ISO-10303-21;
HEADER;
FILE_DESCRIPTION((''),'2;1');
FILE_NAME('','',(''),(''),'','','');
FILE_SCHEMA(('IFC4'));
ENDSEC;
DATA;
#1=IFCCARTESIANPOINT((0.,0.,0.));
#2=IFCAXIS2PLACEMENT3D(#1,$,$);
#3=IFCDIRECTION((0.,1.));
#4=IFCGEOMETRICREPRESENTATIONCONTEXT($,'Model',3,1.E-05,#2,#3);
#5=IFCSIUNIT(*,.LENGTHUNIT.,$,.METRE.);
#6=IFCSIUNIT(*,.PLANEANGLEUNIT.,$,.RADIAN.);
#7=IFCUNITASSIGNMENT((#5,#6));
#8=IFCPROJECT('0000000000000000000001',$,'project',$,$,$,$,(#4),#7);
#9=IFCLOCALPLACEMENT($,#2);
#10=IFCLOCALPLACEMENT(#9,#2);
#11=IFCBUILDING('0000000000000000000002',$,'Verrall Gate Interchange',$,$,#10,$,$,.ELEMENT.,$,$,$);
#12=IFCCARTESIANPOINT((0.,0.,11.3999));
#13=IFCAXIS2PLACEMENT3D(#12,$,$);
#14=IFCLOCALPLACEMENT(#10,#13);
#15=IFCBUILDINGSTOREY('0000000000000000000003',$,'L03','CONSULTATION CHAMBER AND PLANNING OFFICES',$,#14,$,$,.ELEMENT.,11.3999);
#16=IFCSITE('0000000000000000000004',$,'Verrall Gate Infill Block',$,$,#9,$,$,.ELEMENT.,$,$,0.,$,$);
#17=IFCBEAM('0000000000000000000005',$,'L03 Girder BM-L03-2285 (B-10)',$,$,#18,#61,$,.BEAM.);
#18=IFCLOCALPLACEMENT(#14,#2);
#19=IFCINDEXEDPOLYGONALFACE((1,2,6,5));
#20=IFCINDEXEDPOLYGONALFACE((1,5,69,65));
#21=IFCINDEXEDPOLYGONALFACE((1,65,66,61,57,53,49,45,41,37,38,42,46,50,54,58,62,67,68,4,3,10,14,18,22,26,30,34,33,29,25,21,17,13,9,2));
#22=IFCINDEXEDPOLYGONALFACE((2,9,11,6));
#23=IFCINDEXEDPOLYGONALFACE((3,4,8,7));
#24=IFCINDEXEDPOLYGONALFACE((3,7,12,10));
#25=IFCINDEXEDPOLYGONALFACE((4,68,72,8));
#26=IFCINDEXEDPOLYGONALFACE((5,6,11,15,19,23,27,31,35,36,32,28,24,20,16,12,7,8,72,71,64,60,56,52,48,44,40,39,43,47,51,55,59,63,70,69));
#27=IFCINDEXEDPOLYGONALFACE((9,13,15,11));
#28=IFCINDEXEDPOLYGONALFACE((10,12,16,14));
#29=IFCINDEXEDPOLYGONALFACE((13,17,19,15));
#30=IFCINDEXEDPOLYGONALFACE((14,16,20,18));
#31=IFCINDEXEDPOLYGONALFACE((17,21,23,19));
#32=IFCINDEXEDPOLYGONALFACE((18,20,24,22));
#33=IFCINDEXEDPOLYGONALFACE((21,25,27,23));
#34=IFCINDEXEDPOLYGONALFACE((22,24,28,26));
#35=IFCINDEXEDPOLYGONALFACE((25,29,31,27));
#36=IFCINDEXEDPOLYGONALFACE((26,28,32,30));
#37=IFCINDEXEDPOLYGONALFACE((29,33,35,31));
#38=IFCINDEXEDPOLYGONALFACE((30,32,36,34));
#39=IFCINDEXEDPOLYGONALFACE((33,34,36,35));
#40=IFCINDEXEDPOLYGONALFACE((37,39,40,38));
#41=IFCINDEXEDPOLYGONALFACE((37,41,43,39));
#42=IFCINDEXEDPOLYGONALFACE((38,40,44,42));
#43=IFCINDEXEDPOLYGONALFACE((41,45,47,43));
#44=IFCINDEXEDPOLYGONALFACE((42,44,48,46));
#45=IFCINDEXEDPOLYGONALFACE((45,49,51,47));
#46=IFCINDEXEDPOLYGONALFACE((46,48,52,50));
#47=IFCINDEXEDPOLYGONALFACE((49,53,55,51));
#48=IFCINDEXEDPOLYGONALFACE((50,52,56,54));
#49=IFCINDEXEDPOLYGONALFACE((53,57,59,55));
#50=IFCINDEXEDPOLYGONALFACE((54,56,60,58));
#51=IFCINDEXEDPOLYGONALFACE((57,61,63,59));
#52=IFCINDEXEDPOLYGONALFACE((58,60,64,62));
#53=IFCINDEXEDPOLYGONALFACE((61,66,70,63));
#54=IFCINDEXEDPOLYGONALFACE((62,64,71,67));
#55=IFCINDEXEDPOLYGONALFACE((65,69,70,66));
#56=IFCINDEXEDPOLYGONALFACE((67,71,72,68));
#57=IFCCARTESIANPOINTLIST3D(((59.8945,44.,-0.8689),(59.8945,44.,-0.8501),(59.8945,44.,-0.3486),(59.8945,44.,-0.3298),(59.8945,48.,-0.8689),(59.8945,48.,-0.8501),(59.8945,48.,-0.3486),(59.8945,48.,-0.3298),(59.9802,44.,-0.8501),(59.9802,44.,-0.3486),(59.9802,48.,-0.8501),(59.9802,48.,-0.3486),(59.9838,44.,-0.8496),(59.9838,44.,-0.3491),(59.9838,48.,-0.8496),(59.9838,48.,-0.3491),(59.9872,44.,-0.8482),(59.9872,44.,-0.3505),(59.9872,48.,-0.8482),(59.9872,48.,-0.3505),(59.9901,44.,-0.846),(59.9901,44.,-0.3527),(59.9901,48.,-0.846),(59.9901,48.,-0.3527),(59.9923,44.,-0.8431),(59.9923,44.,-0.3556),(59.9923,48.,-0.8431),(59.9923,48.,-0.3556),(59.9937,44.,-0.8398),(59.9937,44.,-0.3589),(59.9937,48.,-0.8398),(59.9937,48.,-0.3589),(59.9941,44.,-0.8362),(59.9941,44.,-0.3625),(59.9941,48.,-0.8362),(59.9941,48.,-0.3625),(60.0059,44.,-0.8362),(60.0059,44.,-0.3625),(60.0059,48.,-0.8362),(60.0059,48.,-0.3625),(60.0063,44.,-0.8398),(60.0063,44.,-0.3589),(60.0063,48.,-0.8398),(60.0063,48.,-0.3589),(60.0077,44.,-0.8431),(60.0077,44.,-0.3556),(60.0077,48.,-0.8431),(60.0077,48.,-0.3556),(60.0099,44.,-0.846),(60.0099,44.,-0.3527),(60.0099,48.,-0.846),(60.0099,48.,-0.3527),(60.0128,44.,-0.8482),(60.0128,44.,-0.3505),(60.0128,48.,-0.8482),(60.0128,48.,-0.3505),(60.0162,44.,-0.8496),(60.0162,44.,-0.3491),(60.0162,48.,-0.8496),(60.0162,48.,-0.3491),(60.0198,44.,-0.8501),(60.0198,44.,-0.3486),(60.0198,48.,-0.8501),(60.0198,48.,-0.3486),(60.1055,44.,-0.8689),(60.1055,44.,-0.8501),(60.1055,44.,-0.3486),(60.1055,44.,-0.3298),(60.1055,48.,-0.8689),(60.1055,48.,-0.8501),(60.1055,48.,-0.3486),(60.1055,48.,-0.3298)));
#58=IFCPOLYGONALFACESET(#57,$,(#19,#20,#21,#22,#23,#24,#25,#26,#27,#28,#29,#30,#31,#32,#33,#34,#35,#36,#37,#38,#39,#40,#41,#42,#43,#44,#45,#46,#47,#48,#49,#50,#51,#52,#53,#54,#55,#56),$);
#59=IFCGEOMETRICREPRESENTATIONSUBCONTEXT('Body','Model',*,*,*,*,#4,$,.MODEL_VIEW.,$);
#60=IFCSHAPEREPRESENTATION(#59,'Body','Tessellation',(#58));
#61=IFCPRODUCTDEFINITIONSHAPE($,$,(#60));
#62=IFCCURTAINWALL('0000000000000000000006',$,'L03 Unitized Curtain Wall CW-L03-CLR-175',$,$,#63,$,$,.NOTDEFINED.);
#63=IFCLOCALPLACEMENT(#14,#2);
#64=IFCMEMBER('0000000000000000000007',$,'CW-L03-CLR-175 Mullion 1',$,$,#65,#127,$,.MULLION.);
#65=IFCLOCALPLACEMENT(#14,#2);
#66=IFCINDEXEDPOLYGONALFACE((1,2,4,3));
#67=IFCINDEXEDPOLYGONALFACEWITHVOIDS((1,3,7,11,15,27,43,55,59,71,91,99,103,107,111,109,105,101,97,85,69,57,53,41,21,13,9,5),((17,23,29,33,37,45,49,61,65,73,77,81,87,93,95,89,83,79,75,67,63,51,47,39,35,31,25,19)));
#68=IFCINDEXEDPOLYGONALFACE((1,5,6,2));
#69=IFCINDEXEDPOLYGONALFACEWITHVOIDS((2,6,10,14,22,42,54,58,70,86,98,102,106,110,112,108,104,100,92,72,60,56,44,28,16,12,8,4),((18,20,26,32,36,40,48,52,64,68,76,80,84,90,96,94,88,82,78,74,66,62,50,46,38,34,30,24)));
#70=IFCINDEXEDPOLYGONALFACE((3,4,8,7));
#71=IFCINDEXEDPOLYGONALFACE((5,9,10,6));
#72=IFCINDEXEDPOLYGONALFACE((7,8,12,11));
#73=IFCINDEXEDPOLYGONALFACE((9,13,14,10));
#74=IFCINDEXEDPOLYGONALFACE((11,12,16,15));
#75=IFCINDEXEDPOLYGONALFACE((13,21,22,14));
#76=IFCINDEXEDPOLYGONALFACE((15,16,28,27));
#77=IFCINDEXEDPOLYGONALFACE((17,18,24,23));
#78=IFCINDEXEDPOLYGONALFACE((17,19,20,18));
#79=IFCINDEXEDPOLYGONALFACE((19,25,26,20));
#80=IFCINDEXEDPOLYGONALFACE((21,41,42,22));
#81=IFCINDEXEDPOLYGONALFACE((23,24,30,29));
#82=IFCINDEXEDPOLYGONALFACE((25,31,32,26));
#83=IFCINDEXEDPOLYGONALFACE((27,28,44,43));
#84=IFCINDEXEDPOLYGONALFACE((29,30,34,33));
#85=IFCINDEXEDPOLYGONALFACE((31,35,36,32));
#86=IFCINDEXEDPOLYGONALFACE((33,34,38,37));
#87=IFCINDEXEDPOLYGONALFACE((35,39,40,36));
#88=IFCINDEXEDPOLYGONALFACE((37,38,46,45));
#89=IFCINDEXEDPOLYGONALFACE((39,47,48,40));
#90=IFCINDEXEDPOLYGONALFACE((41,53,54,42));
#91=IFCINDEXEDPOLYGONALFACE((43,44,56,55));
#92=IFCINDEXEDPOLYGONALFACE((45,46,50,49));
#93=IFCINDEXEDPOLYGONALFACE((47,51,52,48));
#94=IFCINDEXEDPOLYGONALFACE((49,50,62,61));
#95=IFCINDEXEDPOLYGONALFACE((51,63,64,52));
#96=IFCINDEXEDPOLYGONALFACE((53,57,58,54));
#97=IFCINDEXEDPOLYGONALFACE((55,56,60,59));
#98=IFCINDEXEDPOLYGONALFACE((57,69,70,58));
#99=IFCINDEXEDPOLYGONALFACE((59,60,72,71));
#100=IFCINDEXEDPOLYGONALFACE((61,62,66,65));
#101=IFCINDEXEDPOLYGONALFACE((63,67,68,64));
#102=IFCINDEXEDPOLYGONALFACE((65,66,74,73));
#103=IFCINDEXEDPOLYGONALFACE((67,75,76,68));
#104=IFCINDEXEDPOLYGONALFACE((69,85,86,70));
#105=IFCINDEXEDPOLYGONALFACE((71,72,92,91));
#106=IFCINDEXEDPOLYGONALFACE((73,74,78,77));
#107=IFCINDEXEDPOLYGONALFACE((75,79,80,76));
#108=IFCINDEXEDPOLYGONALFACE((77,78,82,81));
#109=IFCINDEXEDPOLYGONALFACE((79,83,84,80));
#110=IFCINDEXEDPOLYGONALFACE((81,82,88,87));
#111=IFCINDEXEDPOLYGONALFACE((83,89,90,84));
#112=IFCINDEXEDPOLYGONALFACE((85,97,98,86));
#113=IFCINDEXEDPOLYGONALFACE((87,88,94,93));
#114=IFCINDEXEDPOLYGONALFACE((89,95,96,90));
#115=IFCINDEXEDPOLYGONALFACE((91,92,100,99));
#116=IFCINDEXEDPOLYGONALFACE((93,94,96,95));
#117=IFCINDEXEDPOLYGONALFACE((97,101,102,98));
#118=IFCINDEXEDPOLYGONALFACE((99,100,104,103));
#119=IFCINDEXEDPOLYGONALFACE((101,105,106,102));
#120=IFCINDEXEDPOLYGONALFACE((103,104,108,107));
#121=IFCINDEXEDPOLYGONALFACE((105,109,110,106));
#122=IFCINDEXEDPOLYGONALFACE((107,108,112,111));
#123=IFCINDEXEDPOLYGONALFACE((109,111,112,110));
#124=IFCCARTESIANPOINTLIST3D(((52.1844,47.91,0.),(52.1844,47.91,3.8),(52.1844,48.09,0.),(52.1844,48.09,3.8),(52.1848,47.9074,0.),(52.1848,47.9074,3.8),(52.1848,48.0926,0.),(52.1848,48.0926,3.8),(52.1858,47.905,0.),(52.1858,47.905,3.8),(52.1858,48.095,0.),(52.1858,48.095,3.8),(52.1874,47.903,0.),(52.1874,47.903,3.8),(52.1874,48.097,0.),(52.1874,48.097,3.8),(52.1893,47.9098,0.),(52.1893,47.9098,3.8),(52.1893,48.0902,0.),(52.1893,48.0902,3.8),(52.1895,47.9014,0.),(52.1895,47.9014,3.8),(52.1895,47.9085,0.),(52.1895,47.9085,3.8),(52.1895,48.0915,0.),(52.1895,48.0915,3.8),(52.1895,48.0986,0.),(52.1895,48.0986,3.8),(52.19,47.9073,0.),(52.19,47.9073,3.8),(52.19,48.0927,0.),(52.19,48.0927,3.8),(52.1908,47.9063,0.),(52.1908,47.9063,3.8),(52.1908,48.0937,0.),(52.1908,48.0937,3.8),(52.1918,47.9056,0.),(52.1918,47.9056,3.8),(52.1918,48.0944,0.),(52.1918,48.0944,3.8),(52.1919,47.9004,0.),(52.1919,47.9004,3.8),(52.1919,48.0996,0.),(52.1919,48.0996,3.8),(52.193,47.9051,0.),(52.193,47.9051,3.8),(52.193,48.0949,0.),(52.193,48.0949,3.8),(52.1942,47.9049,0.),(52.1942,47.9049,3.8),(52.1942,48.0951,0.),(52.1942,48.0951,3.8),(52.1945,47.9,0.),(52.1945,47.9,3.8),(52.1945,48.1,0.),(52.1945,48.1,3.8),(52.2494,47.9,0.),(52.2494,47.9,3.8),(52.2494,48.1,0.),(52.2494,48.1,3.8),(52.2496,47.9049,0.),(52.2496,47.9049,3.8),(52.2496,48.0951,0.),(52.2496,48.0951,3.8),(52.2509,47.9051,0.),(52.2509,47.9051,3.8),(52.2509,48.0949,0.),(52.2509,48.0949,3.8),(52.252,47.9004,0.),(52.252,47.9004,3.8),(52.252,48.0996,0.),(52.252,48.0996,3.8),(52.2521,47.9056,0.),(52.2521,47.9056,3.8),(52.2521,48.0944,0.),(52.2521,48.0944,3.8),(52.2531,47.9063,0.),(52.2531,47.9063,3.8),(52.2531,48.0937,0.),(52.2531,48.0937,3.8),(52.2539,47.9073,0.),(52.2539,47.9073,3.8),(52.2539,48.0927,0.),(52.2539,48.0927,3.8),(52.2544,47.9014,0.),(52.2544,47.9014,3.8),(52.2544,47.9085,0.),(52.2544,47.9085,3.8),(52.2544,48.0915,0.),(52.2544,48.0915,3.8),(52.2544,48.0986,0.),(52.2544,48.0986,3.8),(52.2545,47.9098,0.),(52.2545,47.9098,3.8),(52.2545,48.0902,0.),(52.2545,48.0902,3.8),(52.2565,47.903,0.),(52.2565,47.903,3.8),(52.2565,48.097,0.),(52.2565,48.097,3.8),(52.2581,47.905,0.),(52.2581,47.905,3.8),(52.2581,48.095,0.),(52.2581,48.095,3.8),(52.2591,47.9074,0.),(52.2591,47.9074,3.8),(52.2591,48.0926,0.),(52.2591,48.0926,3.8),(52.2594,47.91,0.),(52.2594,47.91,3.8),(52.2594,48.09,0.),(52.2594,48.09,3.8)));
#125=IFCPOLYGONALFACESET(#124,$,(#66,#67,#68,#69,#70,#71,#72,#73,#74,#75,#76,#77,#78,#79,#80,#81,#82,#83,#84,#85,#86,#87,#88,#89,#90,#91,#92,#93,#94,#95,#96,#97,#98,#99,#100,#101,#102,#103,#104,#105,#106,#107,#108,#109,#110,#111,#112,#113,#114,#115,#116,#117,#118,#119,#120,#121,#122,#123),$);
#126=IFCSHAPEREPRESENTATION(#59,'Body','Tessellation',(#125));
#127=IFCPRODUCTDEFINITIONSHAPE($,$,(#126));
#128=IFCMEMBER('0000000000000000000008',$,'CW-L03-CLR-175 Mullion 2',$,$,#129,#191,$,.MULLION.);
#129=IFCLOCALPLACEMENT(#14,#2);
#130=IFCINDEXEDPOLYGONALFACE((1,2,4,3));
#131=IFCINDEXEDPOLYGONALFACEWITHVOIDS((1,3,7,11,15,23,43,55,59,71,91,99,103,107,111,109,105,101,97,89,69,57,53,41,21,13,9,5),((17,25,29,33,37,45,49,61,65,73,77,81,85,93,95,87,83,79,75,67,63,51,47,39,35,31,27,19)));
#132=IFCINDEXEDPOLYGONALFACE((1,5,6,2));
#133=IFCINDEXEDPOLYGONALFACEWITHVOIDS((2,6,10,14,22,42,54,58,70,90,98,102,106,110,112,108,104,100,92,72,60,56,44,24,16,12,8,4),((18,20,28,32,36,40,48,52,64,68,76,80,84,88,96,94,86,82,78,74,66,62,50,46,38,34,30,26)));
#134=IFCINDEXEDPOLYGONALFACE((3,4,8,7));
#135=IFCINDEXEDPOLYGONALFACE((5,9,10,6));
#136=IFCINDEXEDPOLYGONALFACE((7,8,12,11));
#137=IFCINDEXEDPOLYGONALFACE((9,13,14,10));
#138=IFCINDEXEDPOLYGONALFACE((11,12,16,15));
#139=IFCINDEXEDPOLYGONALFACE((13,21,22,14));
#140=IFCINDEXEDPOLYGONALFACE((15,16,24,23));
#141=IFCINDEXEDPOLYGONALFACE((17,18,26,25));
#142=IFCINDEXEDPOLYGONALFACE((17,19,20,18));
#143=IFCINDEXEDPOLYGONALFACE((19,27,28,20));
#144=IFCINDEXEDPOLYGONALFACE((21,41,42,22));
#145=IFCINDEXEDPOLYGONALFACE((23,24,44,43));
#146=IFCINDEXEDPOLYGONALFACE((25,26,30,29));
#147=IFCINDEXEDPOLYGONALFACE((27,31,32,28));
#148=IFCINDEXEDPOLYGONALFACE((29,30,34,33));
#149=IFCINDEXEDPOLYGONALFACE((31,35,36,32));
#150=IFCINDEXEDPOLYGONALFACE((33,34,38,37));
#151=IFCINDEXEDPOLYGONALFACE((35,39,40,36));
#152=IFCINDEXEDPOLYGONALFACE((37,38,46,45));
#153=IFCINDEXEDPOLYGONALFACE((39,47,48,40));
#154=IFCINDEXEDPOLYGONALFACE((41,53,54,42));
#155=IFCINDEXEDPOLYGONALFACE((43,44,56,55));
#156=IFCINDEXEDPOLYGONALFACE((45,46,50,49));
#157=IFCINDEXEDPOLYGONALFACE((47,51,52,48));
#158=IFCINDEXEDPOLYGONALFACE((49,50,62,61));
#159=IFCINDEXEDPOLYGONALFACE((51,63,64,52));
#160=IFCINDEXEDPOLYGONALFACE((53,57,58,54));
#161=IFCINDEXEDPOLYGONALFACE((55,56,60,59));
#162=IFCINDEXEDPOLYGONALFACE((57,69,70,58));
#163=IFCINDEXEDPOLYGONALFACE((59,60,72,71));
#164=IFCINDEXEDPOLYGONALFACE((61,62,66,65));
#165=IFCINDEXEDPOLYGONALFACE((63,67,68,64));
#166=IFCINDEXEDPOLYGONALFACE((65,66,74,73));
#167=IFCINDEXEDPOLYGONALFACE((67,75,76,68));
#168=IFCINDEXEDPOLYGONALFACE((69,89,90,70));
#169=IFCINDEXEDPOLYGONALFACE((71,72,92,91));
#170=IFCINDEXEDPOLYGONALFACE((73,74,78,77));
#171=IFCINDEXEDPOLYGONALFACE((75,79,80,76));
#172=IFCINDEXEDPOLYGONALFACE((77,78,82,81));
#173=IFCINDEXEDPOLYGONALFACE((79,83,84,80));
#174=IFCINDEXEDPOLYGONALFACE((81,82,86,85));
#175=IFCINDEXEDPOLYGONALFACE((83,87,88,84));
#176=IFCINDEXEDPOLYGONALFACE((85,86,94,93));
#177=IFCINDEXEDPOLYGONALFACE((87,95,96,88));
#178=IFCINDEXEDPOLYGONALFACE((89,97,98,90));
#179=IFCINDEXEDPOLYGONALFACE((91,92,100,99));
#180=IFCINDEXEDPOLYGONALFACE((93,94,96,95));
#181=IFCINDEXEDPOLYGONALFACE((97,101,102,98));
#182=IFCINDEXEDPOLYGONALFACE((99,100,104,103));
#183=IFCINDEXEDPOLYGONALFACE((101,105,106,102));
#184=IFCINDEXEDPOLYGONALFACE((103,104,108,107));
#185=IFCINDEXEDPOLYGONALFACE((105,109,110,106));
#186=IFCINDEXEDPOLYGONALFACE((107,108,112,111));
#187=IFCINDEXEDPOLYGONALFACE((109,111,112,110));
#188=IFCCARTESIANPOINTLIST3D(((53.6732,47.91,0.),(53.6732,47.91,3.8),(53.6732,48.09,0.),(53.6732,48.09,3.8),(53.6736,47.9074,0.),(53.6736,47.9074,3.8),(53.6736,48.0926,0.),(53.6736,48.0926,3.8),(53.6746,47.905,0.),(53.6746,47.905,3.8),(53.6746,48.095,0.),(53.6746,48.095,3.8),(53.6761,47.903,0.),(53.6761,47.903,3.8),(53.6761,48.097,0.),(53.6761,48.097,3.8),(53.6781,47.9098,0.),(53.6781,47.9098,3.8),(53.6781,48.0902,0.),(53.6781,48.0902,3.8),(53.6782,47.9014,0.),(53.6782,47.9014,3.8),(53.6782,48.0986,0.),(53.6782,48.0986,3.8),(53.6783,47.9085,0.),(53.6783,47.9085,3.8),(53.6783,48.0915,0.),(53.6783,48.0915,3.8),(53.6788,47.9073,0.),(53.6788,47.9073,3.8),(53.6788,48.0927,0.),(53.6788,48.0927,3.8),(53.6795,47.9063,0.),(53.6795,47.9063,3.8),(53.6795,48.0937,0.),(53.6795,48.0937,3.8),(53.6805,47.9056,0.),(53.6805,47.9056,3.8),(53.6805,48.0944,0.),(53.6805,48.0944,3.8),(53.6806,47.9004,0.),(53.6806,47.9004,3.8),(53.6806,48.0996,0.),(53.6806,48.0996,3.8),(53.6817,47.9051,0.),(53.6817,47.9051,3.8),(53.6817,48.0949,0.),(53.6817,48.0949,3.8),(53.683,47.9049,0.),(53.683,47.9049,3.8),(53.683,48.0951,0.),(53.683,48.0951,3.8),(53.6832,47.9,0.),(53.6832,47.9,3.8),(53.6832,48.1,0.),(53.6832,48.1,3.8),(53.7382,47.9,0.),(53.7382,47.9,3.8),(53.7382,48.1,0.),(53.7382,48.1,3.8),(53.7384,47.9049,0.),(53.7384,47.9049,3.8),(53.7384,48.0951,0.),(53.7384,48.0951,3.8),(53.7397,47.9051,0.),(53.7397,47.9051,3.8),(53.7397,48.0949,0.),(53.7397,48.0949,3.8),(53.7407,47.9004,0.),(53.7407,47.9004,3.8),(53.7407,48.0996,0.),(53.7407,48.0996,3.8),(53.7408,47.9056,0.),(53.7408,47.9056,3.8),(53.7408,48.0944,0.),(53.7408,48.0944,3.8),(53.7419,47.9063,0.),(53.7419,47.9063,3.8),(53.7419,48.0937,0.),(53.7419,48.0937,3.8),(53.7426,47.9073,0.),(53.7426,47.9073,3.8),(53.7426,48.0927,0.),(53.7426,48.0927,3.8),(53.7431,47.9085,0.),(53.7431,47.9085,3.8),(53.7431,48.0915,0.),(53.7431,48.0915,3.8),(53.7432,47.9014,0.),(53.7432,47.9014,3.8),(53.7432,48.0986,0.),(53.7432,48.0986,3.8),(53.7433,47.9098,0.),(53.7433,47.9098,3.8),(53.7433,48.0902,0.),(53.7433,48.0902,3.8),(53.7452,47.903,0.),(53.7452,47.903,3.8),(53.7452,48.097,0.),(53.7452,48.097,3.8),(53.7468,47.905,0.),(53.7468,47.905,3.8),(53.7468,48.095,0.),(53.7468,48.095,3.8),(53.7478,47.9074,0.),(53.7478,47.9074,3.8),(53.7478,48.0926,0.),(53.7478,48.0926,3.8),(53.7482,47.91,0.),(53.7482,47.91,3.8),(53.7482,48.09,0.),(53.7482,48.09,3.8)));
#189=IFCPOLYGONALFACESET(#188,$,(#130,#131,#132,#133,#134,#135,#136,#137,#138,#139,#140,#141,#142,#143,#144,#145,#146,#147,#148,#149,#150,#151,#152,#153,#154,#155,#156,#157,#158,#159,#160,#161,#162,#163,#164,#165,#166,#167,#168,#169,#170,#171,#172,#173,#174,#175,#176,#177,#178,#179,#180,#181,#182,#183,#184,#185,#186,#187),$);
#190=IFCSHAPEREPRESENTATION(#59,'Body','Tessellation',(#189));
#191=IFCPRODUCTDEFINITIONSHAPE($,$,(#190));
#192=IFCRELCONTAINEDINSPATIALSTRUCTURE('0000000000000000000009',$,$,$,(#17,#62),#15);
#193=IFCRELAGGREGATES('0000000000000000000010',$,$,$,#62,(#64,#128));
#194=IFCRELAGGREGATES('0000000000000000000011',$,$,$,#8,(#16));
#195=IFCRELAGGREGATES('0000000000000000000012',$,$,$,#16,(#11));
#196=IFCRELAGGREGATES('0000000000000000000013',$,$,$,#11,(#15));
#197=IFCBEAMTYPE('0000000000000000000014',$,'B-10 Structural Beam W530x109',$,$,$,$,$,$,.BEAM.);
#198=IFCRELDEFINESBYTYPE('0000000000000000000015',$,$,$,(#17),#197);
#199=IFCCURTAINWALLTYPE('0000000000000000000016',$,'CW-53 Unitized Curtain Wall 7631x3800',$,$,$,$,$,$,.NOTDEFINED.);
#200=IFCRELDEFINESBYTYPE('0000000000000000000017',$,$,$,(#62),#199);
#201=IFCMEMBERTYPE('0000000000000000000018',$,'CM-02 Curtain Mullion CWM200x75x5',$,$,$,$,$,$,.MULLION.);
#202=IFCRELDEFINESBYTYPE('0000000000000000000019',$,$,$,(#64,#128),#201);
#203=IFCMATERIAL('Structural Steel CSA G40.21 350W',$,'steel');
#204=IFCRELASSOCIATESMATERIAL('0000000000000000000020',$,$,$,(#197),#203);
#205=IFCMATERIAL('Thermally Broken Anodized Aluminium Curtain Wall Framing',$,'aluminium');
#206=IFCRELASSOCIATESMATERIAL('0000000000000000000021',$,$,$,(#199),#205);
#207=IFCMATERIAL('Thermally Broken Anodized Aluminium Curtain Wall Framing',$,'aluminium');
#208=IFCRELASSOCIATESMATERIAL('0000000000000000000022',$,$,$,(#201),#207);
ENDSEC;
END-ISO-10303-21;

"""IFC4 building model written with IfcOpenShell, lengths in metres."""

from ifc_helpers import new_model, si_unit, direction, frame, origin, origin_2d, place, context, subcontext, project, spatial, hollow_rectangle, i_section, extrude, material, material_profile, profile_set, type_object, element, aggregate, save


model = new_model("IFC4")

# Units and contexts
model_context = context("Model", 3, precision=1e-05, world=origin(), true_north=direction((0.0, 1.0)))
body_context = subcontext(model_context, "Body", "Model", "MODEL_VIEW")
ifc_project = project(units=[si_unit("LENGTHUNIT", "METRE"), si_unit("PLANEANGLEUNIT", "RADIAN")], contexts=[model_context])

# Site, building, storey
site_placement = place(None, origin())
site = spatial("IfcSite", under=ifc_project, at=site_placement, Name="Verrall Gate Infill Block", CompositionType="ELEMENT", RefElevation=0.0)
building_placement = place(site_placement, origin())
building = spatial("IfcBuilding", under=site, at=building_placement, Name="Verrall Gate Interchange", CompositionType="ELEMENT")
storey_placement = place(building_placement, frame((0.0, 0.0, 11.3999)))
storey = spatial("IfcBuildingStorey", under=building, at=storey_placement, Name="L03", Description="CONSULTATION CHAMBER AND PLANNING OFFICES", CompositionType="ELEMENT", Elevation=11.3999)

# Beam
ifc_material_1 = material(Name="Structural Steel CSA G40.21 350W", Category="steel")
ifc_material_profile_1 = material_profile(ifc_material_1, i_section(OverallWidth=0.2109, OverallDepth=0.5391, WebThickness=0.0117, FlangeThickness=0.0188, FilletRadius=0.0139, at=origin_2d()), Name="W530x109")
ifc_profile_set_1 = profile_set([ifc_material_profile_1], Name="Structural Steel CSA G40.21 350W")
beam_type_1 = type_object("IfcBeamType", Name="B-10 Structural Beam W530x109", PredefinedType="BEAM", material=ifc_profile_set_1)
beam_1_placement = place(storey_placement, frame((60.0, 44.0, -0.5994), z_axis=(0.0, 1.0, 0.0), x_axis=(-1.0, 0.0, 0.0)))
element("IfcBeam", 1, at=beam_1_placement, inside=storey, type_object=beam_type_1, Name="L03 Girder BM-L03-2285 (B-10)", PredefinedType="BEAM", context=body_context, shape_type="SweptSolid", body=[
    extrude(i_section(OverallWidth=0.2109, OverallDepth=0.5391, WebThickness=0.0117, FlangeThickness=0.0188, FilletRadius=0.0139, at=origin_2d()), origin(), (0.0, 0.0, 1.0), 4.0),
])

# Curtain wall, members
ifc_material_2 = material(Name="Thermally Broken Anodized Aluminium Curtain Wall Framing", Category="aluminium")
curtain_wall_type = type_object("IfcCurtainWallType", Name="CW-53 Unitized Curtain Wall 7631x3800", PredefinedType="NOTDEFINED", material=ifc_material_2)
curtain_wall_placement = place(storey_placement, origin())
curtain_wall = element("IfcCurtainWall", 2, at=curtain_wall_placement, inside=storey, type_object=curtain_wall_type, Name="L03 Unitized Curtain Wall CW-L03-CLR-175", PredefinedType="NOTDEFINED")
ifc_material_3 = material(Name="Thermally Broken Anodized Aluminium Curtain Wall Framing", Category="aluminium")
ifc_material_profile_2 = material_profile(ifc_material_3, hollow_rectangle(XDim=0.075, YDim=0.2, WallThickness=0.0049, InnerFilletRadius=0.0049, OuterFilletRadius=0.01, at=origin_2d()), Name="CWM200x75x5")
ifc_profile_set_2 = profile_set([ifc_material_profile_2], Name="Thermally Broken Anodized Aluminium Curtain Wall Framing")
member_type_1 = type_object("IfcMemberType", Name="CM-02 Curtain Mullion CWM200x75x5", PredefinedType="MULLION", material=ifc_profile_set_2)
member_1_placement = place(storey_placement, frame((52.2219, 48.0, 0.0), z_axis=(0.0, 0.0, 1.0), x_axis=(1.0, 0.0, 0.0)))
member_1 = element("IfcMember", 3, at=member_1_placement, type_object=member_type_1, Name="CW-L03-CLR-175 Mullion 1", PredefinedType="MULLION", context=body_context, shape_type="SweptSolid", body=[
    extrude(hollow_rectangle(XDim=0.075, YDim=0.2, WallThickness=0.0049, InnerFilletRadius=0.0049, OuterFilletRadius=0.01, at=origin_2d()), origin(), (0.0, 0.0, 1.0), 3.8),
])
member_2_placement = place(storey_placement, frame((53.7107, 48.0, 0.0), z_axis=(0.0, 0.0, 1.0), x_axis=(1.0, 0.0, 0.0)))
member_2 = element("IfcMember", 4, at=member_2_placement, type_object=member_type_1, Name="CW-L03-CLR-175 Mullion 2", PredefinedType="MULLION", context=body_context, shape_type="SweptSolid", body=[
    extrude(hollow_rectangle(XDim=0.075, YDim=0.2, WallThickness=0.0049, InnerFilletRadius=0.0049, OuterFilletRadius=0.01, at=origin_2d()), origin(), (0.0, 0.0, 1.0), 3.8),
])

aggregate(curtain_wall, [member_1, member_2])

save(model, "model.ifc")
